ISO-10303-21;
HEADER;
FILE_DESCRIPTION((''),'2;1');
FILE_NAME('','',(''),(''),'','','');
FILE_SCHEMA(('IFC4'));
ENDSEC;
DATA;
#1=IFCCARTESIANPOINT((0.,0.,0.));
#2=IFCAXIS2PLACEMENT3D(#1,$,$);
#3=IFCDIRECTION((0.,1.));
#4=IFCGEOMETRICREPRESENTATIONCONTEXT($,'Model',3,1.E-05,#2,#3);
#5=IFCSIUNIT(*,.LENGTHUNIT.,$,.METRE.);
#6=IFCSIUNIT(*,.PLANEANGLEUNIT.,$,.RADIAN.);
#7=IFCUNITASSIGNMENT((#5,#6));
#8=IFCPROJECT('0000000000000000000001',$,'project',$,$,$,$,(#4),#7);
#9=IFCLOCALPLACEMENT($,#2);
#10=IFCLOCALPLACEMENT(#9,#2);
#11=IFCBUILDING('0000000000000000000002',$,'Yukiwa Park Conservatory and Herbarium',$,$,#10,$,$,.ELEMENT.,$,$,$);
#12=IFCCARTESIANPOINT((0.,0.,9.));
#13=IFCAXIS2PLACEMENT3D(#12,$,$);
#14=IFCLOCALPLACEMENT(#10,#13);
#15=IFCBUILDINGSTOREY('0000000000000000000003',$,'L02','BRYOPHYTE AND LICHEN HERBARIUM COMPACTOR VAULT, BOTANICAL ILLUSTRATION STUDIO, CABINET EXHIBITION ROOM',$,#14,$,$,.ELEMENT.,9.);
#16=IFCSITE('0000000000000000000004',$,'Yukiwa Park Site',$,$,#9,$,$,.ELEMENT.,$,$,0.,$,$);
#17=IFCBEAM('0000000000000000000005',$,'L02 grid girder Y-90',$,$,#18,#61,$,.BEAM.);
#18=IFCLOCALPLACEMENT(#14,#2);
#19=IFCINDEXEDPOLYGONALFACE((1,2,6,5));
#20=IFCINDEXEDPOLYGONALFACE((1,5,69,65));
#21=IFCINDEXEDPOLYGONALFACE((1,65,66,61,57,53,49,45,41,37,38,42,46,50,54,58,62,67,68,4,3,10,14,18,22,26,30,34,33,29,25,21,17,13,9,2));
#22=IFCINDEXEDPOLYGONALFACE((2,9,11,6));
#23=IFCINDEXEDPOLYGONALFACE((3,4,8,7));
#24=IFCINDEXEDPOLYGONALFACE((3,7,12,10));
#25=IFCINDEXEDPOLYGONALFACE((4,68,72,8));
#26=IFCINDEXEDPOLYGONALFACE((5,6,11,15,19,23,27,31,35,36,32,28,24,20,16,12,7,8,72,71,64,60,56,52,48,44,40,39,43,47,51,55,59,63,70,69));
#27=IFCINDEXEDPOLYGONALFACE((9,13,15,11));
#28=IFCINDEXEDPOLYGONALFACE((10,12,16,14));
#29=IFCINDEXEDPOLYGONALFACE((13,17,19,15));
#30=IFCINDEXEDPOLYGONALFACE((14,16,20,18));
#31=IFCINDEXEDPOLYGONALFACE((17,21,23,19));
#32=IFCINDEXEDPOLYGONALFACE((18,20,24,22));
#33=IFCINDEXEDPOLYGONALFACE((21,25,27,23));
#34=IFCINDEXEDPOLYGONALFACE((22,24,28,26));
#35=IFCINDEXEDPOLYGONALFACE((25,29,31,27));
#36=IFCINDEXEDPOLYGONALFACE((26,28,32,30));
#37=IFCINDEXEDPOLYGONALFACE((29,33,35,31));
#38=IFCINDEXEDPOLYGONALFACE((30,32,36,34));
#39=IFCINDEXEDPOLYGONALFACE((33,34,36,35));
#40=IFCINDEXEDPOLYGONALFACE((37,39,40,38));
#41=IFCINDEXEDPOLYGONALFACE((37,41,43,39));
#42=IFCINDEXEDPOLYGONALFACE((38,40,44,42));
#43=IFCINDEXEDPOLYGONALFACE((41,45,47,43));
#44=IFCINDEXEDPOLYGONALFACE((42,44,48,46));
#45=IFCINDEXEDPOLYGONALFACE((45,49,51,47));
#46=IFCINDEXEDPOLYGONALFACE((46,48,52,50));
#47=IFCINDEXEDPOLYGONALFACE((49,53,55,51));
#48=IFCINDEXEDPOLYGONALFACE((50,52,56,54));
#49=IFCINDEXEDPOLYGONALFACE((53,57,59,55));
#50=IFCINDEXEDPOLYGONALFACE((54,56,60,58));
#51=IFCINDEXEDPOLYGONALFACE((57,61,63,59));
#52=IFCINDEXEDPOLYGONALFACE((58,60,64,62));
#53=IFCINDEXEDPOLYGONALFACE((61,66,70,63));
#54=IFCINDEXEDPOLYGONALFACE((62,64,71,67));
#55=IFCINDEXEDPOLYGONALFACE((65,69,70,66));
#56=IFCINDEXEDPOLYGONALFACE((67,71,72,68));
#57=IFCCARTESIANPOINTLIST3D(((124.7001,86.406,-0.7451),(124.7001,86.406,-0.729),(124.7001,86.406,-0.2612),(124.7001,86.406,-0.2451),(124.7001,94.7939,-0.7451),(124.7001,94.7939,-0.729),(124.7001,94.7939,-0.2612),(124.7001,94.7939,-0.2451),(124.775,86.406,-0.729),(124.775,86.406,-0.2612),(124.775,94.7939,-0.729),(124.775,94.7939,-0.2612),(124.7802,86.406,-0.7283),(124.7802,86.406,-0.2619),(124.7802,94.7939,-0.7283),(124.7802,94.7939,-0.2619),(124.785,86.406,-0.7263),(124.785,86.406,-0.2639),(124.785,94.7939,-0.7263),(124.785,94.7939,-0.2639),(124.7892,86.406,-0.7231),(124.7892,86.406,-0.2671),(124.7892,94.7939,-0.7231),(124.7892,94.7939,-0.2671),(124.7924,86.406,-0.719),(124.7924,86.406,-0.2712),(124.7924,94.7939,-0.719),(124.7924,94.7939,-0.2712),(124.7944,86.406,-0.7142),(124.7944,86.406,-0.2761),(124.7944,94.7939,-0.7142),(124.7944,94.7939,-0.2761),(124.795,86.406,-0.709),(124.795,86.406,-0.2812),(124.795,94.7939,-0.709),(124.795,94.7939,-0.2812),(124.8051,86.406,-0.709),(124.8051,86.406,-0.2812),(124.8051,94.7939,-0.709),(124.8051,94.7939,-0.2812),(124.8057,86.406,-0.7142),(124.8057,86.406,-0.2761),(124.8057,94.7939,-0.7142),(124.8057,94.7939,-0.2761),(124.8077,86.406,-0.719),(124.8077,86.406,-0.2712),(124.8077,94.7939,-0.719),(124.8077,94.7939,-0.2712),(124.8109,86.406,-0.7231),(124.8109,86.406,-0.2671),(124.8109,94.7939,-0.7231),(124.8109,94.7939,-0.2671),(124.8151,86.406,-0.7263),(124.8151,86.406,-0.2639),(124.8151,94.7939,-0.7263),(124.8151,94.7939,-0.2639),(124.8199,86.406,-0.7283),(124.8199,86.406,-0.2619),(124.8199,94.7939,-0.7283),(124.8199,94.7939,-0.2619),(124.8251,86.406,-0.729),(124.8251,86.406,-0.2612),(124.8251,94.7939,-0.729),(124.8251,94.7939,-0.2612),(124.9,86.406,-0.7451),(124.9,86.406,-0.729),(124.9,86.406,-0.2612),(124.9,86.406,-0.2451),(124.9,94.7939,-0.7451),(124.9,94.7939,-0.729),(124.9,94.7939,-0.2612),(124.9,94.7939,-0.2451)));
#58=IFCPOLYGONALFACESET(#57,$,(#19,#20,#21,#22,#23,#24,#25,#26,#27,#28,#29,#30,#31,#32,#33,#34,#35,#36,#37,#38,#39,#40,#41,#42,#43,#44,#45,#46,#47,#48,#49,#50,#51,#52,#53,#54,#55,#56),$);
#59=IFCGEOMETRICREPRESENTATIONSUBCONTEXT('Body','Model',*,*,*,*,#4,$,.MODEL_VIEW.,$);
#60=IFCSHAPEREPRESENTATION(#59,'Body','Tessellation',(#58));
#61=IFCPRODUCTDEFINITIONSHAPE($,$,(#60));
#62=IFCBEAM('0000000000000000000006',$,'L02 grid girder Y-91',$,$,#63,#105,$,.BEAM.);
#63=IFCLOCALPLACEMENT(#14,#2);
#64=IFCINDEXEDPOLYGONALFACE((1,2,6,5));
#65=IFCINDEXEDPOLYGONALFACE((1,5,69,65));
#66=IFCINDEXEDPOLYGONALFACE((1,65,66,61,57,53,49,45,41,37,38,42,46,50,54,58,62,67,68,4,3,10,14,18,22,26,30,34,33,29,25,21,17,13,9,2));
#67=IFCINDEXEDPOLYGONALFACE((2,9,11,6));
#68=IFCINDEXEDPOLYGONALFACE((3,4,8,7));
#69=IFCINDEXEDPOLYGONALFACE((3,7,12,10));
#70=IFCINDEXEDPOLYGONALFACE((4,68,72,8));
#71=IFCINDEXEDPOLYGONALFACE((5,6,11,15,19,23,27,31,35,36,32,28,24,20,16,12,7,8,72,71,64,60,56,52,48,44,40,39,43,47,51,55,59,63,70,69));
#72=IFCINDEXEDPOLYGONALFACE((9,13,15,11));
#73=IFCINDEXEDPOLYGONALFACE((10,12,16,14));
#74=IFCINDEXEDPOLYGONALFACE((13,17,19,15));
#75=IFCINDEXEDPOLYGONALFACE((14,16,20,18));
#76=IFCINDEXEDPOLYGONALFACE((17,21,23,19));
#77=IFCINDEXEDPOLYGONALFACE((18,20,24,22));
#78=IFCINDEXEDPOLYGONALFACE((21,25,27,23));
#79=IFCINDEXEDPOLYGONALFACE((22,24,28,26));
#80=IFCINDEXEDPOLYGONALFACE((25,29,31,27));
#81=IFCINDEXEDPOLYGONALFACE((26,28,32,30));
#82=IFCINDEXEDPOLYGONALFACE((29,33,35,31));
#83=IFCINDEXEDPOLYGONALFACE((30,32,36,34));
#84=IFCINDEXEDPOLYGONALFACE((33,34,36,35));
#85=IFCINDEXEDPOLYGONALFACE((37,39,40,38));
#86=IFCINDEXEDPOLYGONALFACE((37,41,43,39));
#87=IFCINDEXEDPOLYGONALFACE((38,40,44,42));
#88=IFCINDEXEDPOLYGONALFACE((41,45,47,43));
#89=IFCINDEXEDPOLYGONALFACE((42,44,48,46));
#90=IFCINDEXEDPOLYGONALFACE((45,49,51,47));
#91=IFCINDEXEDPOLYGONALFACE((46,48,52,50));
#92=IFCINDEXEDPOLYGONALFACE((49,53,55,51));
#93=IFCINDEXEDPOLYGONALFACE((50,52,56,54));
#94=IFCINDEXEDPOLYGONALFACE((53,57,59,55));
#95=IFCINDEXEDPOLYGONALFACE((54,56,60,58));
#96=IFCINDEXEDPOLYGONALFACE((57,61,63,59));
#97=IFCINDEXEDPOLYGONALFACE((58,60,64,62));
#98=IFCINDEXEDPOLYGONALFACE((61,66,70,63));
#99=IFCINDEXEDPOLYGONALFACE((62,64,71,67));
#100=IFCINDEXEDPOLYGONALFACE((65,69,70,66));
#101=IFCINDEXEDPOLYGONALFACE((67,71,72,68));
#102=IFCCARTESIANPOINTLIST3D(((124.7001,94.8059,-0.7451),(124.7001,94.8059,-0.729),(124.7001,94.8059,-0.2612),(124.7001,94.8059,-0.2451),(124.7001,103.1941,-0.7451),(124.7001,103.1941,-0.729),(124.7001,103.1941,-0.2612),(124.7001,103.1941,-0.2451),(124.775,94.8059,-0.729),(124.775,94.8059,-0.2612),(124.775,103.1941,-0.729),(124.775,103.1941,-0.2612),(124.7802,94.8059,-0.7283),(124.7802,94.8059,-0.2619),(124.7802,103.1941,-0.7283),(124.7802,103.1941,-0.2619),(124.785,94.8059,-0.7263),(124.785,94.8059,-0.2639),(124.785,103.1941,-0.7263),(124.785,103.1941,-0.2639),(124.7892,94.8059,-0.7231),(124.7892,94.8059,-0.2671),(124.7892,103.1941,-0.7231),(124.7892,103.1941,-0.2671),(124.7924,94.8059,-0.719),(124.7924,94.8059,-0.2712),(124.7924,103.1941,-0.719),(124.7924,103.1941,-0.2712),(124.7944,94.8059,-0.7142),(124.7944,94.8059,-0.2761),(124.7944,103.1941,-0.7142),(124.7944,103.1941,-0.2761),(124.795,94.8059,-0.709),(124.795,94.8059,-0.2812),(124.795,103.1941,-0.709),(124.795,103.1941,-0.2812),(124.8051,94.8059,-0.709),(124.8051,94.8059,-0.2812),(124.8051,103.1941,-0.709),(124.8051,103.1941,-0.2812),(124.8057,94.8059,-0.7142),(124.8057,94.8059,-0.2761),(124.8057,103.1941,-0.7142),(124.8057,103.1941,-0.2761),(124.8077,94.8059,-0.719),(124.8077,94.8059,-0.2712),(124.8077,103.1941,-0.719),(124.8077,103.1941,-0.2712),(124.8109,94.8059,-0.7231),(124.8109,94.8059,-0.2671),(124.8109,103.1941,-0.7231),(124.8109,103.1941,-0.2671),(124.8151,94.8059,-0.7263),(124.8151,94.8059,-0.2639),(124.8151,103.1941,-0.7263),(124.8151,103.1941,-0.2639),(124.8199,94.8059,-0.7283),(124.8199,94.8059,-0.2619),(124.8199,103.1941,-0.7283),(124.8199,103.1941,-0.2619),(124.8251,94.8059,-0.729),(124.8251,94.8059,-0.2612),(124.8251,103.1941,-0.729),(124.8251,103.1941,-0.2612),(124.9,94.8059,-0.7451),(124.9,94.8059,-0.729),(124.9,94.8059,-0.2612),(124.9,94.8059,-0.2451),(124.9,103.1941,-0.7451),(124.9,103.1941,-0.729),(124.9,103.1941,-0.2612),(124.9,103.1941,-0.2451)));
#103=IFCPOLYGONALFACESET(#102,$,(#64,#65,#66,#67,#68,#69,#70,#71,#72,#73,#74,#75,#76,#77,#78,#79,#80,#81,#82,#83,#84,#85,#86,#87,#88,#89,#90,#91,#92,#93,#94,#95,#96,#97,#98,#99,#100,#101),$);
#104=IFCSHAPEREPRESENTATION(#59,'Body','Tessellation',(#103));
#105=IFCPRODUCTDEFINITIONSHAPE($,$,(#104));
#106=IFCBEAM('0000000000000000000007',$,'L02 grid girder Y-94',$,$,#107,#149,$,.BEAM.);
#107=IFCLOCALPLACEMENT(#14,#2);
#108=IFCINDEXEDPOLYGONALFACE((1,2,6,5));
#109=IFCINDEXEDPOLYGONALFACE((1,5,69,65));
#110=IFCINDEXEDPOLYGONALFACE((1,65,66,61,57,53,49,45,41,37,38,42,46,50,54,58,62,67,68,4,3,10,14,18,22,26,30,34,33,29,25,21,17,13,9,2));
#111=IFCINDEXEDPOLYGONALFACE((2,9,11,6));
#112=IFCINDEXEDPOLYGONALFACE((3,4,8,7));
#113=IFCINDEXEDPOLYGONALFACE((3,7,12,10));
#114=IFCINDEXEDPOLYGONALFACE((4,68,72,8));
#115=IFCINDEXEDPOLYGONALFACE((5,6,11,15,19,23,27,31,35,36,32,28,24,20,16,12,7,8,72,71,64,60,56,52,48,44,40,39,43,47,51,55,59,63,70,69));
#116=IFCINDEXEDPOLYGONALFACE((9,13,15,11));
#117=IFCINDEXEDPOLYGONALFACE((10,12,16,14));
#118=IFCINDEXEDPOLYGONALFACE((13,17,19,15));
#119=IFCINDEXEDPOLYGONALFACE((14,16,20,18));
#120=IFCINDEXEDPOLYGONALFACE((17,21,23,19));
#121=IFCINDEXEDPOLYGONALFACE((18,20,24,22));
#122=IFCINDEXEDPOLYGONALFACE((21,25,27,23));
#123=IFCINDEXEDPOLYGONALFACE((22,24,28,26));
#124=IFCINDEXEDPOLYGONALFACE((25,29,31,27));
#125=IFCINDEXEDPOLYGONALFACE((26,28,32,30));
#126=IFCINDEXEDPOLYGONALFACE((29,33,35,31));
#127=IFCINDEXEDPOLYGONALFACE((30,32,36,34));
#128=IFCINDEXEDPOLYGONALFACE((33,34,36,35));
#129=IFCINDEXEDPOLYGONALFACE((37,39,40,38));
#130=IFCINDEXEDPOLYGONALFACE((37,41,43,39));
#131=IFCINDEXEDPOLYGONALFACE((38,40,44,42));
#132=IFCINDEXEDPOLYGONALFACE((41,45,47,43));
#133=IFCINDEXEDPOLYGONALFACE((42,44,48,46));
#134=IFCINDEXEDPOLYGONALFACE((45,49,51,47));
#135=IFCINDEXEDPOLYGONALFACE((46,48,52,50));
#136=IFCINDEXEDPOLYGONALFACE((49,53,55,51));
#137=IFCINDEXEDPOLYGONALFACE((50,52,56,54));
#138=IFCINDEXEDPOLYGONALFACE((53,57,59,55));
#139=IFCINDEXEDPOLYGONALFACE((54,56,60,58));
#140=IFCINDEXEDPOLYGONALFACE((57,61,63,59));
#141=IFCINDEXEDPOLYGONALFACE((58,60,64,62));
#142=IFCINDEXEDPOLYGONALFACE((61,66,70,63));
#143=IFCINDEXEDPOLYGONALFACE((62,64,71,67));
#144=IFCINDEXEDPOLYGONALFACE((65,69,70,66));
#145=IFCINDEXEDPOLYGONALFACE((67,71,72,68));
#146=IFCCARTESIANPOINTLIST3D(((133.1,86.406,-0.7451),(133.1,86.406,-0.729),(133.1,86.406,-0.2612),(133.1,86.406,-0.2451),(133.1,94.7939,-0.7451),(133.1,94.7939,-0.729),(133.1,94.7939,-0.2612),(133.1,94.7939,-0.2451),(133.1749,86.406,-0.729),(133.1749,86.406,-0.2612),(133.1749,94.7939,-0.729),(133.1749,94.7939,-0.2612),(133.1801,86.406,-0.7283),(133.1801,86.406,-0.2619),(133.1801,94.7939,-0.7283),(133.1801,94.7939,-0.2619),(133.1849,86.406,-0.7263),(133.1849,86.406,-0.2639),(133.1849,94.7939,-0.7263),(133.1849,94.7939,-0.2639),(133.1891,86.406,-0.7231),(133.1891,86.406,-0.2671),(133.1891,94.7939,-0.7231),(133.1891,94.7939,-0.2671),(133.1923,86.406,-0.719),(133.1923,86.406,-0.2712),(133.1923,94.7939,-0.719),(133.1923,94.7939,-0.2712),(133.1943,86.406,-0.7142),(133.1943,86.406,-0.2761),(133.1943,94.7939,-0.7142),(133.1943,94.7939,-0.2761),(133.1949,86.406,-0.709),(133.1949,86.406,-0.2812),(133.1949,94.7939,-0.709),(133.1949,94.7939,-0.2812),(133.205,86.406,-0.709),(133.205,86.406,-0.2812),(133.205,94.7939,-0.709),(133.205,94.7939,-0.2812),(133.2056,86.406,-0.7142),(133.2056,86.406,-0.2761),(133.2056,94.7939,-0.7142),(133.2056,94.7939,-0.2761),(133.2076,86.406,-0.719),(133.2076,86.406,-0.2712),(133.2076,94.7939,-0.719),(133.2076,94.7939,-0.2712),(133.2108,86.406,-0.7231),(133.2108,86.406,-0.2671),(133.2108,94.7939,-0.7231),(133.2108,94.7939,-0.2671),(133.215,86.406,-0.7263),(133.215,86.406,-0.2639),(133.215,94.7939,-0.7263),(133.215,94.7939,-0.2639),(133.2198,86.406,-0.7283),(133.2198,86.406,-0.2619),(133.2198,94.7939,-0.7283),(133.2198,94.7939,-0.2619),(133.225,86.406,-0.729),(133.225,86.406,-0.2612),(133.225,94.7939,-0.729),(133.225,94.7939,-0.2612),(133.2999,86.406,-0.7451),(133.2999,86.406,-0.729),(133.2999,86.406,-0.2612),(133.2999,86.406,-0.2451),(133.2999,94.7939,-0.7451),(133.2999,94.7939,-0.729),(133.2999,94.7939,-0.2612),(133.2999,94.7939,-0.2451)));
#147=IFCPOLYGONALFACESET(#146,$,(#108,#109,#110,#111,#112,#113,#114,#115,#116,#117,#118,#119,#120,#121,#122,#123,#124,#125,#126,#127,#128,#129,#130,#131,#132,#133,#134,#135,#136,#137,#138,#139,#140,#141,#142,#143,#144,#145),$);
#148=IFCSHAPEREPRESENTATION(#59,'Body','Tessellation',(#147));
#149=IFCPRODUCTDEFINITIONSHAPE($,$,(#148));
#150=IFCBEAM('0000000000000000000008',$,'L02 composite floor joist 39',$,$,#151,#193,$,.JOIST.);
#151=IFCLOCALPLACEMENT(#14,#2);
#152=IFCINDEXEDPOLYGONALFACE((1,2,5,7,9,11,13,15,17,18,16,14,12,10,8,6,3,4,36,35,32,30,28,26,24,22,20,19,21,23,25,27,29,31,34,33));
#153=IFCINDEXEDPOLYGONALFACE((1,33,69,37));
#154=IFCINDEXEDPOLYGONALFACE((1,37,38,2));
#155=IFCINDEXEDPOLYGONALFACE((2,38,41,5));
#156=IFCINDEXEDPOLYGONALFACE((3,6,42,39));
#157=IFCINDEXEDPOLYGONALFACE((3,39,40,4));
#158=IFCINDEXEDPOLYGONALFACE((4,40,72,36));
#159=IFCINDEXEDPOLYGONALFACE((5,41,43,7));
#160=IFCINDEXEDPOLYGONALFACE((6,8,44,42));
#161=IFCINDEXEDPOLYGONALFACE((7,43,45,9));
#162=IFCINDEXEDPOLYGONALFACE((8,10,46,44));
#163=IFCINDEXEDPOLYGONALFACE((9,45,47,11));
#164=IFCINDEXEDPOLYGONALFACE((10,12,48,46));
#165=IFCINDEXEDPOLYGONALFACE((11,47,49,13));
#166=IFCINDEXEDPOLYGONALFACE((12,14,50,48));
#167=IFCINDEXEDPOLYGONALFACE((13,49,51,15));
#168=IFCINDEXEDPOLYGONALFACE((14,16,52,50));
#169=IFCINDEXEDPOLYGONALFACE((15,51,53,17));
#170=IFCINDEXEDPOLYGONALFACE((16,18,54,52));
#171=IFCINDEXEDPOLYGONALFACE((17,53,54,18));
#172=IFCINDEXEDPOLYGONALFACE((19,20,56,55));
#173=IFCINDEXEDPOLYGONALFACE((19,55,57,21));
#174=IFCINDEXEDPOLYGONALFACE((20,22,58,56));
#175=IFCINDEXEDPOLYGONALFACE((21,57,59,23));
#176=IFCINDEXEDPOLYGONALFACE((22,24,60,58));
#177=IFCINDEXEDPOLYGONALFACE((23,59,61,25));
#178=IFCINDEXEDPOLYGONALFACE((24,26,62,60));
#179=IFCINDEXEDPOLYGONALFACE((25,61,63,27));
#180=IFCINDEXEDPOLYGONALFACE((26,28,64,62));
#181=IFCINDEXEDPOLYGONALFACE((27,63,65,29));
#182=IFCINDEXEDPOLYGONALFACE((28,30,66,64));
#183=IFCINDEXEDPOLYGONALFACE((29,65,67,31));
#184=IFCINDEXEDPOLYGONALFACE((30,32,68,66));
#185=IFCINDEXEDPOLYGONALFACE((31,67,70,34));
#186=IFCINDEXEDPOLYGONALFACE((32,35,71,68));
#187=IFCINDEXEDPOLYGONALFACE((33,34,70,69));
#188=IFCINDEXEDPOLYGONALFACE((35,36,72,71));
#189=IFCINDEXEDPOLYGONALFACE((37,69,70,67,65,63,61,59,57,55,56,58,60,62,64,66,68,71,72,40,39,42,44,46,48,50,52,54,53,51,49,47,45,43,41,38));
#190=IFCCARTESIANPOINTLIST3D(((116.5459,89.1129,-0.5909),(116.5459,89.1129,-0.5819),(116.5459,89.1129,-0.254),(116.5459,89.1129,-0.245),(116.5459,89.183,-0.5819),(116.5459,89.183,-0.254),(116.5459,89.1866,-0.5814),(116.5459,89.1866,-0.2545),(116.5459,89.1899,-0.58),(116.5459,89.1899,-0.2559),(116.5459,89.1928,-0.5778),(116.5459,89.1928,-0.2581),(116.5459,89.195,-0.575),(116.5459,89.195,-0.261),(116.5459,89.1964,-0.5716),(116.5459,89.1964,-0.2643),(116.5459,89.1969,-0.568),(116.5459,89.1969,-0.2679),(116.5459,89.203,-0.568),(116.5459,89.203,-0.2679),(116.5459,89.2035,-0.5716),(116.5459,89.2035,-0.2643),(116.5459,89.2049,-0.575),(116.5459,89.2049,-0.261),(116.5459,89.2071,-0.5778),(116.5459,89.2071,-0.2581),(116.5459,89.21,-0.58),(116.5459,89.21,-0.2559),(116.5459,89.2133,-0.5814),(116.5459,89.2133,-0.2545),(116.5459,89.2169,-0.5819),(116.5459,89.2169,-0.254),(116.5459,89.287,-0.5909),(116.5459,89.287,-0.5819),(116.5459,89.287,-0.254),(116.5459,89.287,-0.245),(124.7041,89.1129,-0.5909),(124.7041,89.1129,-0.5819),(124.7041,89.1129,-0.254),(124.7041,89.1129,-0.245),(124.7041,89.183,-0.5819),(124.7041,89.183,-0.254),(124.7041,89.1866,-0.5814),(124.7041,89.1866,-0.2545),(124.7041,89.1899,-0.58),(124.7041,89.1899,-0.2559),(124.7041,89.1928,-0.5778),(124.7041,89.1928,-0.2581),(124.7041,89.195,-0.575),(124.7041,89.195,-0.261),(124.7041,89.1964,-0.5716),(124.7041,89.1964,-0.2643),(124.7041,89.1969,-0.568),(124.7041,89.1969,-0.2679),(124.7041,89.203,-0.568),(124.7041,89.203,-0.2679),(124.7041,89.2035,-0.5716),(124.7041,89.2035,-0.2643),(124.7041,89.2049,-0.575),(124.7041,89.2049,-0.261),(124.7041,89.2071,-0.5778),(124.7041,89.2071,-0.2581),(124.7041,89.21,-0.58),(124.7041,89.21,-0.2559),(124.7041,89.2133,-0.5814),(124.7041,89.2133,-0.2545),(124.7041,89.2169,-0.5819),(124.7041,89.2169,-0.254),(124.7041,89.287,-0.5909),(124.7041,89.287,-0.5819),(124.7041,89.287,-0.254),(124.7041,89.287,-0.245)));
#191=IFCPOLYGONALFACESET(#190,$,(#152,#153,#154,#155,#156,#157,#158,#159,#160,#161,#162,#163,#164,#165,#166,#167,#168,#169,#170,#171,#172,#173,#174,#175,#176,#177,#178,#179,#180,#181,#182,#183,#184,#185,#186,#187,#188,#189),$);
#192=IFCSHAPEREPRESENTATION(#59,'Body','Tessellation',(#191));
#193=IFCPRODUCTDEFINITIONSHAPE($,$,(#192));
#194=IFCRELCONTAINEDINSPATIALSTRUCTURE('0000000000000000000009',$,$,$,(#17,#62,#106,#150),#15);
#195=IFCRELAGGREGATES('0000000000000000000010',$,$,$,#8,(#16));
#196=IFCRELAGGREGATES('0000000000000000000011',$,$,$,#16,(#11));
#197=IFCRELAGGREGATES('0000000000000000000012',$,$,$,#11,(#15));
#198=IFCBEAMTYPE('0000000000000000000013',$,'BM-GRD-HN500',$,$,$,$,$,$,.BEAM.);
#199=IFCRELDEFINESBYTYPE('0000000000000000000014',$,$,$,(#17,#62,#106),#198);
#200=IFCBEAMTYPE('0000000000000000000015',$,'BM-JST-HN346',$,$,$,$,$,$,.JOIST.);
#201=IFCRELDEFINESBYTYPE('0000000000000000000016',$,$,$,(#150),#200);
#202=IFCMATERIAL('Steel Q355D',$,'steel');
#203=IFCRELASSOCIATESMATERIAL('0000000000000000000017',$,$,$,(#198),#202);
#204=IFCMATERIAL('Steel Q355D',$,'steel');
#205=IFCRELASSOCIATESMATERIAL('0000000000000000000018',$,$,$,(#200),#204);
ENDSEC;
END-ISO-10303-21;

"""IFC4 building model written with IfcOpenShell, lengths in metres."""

from ifc_helpers import new_model, si_unit, direction, frame, origin, origin_2d, place, context, subcontext, project, spatial, i_section, extrude, material, material_profile, profile_set, type_object, element, save


model = new_model("IFC4")

# Units and contexts
model_context = context("Model", 3, precision=1e-05, world=origin(), true_north=direction((0.0, 1.0)))
body_context = subcontext(model_context, "Body", "Model", "MODEL_VIEW")
ifc_project = project(units=[si_unit("LENGTHUNIT", "METRE"), si_unit("PLANEANGLEUNIT", "RADIAN")], contexts=[model_context])

# Site, building, storey
site_placement = place(None, origin())
site = spatial("IfcSite", under=ifc_project, at=site_placement, Name="Yukiwa Park Site", CompositionType="ELEMENT", RefElevation=0.0)
building_placement = place(site_placement, origin())
building = spatial("IfcBuilding", under=site, at=building_placement, Name="Yukiwa Park Conservatory and Herbarium", CompositionType="ELEMENT")
storey_placement = place(building_placement, frame((0.0, 0.0, 9.0)))
storey = spatial("IfcBuildingStorey", under=building, at=storey_placement, Name="L02", Description="BRYOPHYTE AND LICHEN HERBARIUM COMPACTOR VAULT, BOTANICAL ILLUSTRATION STUDIO, CABINET EXHIBITION ROOM", CompositionType="ELEMENT", Elevation=9.0)

# Beams
ifc_material_1 = material(Name="Steel Q355D", Category="steel")
ifc_material_profile_1 = material_profile(ifc_material_1, i_section(OverallWidth=0.2, OverallDepth=0.5, WebThickness=0.01, FlangeThickness=0.0161, FilletRadius=0.02, at=origin_2d()), Name="HN 500x200x10x16")
ifc_profile_set_1 = profile_set([ifc_material_profile_1], Name="Steel Q355D")
beam_type_1 = type_object("IfcBeamType", Name="BM-GRD-HN500", PredefinedType="BEAM", material=ifc_profile_set_1)
beam_1_placement = place(storey_placement, frame((124.8, 86.406, -0.4951), z_axis=(0.0, 1.0, 0.0), x_axis=(-1.0, 0.0, 0.0)))
element("IfcBeam", 1, at=beam_1_placement, inside=storey, type_object=beam_type_1, Name="L02 grid girder Y-90", PredefinedType="BEAM", context=body_context, shape_type="SweptSolid", body=[
    extrude(i_section(OverallWidth=0.2, OverallDepth=0.5, WebThickness=0.01, FlangeThickness=0.0161, FilletRadius=0.02, at=origin_2d()), origin(), (0.0, 0.0, 1.0), 8.3879),
])
beam_2_placement = place(storey_placement, frame((124.8, 94.8059, -0.4951), z_axis=(0.0, 1.0, 0.0), x_axis=(-1.0, 0.0, 0.0)))
element("IfcBeam", 2, at=beam_2_placement, inside=storey, type_object=beam_type_1, Name="L02 grid girder Y-91", PredefinedType="BEAM", context=body_context, shape_type="SweptSolid", body=[
    extrude(i_section(OverallWidth=0.2, OverallDepth=0.5, WebThickness=0.01, FlangeThickness=0.0161, FilletRadius=0.02, at=origin_2d()), origin(), (0.0, 0.0, 1.0), 8.3882),
])
beam_3_placement = place(storey_placement, frame((133.2, 86.406, -0.4951), z_axis=(0.0, 1.0, 0.0), x_axis=(-1.0, 0.0, 0.0)))
element("IfcBeam", 3, at=beam_3_placement, inside=storey, type_object=beam_type_1, Name="L02 grid girder Y-94", PredefinedType="BEAM", context=body_context, shape_type="SweptSolid", body=[
    extrude(i_section(OverallWidth=0.2, OverallDepth=0.5, WebThickness=0.01, FlangeThickness=0.0161, FilletRadius=0.02, at=origin_2d()), origin(), (0.0, 0.0, 1.0), 8.3879),
])
ifc_material_2 = material(Name="Steel Q355D", Category="steel")
ifc_material_profile_2 = material_profile(ifc_material_2, i_section(OverallWidth=0.1741, OverallDepth=0.3459, WebThickness=0.0061, FlangeThickness=0.009, FilletRadius=0.0139, at=origin_2d()), Name="HN 346x174x6x9")
ifc_profile_set_2 = profile_set([ifc_material_profile_2], Name="Steel Q355D")
beam_type_2 = type_object("IfcBeamType", Name="BM-JST-HN346", PredefinedType="JOIST", material=ifc_profile_set_2)
for number, where, z_axis, x_axis, name in (
    (4, (116.5459, 89.2, -0.418), (1.0, 0.0, 0.0), (0.0, 1.0, 0.0), "L02 composite floor joist 39"),
):
    element("IfcBeam", number, at=place(storey_placement, frame(where, z_axis=z_axis, x_axis=x_axis)), inside=storey, type_object=beam_type_2, Name=name, PredefinedType="JOIST", context=body_context, shape_type="SweptSolid", body=[
        extrude(i_section(OverallWidth=0.1741, OverallDepth=0.3459, WebThickness=0.0061, FlangeThickness=0.009, FilletRadius=0.0139, at=origin_2d()), origin(), (0.0, 0.0, 1.0), 8.1582),
    ])

save(model, "model.ifc")
